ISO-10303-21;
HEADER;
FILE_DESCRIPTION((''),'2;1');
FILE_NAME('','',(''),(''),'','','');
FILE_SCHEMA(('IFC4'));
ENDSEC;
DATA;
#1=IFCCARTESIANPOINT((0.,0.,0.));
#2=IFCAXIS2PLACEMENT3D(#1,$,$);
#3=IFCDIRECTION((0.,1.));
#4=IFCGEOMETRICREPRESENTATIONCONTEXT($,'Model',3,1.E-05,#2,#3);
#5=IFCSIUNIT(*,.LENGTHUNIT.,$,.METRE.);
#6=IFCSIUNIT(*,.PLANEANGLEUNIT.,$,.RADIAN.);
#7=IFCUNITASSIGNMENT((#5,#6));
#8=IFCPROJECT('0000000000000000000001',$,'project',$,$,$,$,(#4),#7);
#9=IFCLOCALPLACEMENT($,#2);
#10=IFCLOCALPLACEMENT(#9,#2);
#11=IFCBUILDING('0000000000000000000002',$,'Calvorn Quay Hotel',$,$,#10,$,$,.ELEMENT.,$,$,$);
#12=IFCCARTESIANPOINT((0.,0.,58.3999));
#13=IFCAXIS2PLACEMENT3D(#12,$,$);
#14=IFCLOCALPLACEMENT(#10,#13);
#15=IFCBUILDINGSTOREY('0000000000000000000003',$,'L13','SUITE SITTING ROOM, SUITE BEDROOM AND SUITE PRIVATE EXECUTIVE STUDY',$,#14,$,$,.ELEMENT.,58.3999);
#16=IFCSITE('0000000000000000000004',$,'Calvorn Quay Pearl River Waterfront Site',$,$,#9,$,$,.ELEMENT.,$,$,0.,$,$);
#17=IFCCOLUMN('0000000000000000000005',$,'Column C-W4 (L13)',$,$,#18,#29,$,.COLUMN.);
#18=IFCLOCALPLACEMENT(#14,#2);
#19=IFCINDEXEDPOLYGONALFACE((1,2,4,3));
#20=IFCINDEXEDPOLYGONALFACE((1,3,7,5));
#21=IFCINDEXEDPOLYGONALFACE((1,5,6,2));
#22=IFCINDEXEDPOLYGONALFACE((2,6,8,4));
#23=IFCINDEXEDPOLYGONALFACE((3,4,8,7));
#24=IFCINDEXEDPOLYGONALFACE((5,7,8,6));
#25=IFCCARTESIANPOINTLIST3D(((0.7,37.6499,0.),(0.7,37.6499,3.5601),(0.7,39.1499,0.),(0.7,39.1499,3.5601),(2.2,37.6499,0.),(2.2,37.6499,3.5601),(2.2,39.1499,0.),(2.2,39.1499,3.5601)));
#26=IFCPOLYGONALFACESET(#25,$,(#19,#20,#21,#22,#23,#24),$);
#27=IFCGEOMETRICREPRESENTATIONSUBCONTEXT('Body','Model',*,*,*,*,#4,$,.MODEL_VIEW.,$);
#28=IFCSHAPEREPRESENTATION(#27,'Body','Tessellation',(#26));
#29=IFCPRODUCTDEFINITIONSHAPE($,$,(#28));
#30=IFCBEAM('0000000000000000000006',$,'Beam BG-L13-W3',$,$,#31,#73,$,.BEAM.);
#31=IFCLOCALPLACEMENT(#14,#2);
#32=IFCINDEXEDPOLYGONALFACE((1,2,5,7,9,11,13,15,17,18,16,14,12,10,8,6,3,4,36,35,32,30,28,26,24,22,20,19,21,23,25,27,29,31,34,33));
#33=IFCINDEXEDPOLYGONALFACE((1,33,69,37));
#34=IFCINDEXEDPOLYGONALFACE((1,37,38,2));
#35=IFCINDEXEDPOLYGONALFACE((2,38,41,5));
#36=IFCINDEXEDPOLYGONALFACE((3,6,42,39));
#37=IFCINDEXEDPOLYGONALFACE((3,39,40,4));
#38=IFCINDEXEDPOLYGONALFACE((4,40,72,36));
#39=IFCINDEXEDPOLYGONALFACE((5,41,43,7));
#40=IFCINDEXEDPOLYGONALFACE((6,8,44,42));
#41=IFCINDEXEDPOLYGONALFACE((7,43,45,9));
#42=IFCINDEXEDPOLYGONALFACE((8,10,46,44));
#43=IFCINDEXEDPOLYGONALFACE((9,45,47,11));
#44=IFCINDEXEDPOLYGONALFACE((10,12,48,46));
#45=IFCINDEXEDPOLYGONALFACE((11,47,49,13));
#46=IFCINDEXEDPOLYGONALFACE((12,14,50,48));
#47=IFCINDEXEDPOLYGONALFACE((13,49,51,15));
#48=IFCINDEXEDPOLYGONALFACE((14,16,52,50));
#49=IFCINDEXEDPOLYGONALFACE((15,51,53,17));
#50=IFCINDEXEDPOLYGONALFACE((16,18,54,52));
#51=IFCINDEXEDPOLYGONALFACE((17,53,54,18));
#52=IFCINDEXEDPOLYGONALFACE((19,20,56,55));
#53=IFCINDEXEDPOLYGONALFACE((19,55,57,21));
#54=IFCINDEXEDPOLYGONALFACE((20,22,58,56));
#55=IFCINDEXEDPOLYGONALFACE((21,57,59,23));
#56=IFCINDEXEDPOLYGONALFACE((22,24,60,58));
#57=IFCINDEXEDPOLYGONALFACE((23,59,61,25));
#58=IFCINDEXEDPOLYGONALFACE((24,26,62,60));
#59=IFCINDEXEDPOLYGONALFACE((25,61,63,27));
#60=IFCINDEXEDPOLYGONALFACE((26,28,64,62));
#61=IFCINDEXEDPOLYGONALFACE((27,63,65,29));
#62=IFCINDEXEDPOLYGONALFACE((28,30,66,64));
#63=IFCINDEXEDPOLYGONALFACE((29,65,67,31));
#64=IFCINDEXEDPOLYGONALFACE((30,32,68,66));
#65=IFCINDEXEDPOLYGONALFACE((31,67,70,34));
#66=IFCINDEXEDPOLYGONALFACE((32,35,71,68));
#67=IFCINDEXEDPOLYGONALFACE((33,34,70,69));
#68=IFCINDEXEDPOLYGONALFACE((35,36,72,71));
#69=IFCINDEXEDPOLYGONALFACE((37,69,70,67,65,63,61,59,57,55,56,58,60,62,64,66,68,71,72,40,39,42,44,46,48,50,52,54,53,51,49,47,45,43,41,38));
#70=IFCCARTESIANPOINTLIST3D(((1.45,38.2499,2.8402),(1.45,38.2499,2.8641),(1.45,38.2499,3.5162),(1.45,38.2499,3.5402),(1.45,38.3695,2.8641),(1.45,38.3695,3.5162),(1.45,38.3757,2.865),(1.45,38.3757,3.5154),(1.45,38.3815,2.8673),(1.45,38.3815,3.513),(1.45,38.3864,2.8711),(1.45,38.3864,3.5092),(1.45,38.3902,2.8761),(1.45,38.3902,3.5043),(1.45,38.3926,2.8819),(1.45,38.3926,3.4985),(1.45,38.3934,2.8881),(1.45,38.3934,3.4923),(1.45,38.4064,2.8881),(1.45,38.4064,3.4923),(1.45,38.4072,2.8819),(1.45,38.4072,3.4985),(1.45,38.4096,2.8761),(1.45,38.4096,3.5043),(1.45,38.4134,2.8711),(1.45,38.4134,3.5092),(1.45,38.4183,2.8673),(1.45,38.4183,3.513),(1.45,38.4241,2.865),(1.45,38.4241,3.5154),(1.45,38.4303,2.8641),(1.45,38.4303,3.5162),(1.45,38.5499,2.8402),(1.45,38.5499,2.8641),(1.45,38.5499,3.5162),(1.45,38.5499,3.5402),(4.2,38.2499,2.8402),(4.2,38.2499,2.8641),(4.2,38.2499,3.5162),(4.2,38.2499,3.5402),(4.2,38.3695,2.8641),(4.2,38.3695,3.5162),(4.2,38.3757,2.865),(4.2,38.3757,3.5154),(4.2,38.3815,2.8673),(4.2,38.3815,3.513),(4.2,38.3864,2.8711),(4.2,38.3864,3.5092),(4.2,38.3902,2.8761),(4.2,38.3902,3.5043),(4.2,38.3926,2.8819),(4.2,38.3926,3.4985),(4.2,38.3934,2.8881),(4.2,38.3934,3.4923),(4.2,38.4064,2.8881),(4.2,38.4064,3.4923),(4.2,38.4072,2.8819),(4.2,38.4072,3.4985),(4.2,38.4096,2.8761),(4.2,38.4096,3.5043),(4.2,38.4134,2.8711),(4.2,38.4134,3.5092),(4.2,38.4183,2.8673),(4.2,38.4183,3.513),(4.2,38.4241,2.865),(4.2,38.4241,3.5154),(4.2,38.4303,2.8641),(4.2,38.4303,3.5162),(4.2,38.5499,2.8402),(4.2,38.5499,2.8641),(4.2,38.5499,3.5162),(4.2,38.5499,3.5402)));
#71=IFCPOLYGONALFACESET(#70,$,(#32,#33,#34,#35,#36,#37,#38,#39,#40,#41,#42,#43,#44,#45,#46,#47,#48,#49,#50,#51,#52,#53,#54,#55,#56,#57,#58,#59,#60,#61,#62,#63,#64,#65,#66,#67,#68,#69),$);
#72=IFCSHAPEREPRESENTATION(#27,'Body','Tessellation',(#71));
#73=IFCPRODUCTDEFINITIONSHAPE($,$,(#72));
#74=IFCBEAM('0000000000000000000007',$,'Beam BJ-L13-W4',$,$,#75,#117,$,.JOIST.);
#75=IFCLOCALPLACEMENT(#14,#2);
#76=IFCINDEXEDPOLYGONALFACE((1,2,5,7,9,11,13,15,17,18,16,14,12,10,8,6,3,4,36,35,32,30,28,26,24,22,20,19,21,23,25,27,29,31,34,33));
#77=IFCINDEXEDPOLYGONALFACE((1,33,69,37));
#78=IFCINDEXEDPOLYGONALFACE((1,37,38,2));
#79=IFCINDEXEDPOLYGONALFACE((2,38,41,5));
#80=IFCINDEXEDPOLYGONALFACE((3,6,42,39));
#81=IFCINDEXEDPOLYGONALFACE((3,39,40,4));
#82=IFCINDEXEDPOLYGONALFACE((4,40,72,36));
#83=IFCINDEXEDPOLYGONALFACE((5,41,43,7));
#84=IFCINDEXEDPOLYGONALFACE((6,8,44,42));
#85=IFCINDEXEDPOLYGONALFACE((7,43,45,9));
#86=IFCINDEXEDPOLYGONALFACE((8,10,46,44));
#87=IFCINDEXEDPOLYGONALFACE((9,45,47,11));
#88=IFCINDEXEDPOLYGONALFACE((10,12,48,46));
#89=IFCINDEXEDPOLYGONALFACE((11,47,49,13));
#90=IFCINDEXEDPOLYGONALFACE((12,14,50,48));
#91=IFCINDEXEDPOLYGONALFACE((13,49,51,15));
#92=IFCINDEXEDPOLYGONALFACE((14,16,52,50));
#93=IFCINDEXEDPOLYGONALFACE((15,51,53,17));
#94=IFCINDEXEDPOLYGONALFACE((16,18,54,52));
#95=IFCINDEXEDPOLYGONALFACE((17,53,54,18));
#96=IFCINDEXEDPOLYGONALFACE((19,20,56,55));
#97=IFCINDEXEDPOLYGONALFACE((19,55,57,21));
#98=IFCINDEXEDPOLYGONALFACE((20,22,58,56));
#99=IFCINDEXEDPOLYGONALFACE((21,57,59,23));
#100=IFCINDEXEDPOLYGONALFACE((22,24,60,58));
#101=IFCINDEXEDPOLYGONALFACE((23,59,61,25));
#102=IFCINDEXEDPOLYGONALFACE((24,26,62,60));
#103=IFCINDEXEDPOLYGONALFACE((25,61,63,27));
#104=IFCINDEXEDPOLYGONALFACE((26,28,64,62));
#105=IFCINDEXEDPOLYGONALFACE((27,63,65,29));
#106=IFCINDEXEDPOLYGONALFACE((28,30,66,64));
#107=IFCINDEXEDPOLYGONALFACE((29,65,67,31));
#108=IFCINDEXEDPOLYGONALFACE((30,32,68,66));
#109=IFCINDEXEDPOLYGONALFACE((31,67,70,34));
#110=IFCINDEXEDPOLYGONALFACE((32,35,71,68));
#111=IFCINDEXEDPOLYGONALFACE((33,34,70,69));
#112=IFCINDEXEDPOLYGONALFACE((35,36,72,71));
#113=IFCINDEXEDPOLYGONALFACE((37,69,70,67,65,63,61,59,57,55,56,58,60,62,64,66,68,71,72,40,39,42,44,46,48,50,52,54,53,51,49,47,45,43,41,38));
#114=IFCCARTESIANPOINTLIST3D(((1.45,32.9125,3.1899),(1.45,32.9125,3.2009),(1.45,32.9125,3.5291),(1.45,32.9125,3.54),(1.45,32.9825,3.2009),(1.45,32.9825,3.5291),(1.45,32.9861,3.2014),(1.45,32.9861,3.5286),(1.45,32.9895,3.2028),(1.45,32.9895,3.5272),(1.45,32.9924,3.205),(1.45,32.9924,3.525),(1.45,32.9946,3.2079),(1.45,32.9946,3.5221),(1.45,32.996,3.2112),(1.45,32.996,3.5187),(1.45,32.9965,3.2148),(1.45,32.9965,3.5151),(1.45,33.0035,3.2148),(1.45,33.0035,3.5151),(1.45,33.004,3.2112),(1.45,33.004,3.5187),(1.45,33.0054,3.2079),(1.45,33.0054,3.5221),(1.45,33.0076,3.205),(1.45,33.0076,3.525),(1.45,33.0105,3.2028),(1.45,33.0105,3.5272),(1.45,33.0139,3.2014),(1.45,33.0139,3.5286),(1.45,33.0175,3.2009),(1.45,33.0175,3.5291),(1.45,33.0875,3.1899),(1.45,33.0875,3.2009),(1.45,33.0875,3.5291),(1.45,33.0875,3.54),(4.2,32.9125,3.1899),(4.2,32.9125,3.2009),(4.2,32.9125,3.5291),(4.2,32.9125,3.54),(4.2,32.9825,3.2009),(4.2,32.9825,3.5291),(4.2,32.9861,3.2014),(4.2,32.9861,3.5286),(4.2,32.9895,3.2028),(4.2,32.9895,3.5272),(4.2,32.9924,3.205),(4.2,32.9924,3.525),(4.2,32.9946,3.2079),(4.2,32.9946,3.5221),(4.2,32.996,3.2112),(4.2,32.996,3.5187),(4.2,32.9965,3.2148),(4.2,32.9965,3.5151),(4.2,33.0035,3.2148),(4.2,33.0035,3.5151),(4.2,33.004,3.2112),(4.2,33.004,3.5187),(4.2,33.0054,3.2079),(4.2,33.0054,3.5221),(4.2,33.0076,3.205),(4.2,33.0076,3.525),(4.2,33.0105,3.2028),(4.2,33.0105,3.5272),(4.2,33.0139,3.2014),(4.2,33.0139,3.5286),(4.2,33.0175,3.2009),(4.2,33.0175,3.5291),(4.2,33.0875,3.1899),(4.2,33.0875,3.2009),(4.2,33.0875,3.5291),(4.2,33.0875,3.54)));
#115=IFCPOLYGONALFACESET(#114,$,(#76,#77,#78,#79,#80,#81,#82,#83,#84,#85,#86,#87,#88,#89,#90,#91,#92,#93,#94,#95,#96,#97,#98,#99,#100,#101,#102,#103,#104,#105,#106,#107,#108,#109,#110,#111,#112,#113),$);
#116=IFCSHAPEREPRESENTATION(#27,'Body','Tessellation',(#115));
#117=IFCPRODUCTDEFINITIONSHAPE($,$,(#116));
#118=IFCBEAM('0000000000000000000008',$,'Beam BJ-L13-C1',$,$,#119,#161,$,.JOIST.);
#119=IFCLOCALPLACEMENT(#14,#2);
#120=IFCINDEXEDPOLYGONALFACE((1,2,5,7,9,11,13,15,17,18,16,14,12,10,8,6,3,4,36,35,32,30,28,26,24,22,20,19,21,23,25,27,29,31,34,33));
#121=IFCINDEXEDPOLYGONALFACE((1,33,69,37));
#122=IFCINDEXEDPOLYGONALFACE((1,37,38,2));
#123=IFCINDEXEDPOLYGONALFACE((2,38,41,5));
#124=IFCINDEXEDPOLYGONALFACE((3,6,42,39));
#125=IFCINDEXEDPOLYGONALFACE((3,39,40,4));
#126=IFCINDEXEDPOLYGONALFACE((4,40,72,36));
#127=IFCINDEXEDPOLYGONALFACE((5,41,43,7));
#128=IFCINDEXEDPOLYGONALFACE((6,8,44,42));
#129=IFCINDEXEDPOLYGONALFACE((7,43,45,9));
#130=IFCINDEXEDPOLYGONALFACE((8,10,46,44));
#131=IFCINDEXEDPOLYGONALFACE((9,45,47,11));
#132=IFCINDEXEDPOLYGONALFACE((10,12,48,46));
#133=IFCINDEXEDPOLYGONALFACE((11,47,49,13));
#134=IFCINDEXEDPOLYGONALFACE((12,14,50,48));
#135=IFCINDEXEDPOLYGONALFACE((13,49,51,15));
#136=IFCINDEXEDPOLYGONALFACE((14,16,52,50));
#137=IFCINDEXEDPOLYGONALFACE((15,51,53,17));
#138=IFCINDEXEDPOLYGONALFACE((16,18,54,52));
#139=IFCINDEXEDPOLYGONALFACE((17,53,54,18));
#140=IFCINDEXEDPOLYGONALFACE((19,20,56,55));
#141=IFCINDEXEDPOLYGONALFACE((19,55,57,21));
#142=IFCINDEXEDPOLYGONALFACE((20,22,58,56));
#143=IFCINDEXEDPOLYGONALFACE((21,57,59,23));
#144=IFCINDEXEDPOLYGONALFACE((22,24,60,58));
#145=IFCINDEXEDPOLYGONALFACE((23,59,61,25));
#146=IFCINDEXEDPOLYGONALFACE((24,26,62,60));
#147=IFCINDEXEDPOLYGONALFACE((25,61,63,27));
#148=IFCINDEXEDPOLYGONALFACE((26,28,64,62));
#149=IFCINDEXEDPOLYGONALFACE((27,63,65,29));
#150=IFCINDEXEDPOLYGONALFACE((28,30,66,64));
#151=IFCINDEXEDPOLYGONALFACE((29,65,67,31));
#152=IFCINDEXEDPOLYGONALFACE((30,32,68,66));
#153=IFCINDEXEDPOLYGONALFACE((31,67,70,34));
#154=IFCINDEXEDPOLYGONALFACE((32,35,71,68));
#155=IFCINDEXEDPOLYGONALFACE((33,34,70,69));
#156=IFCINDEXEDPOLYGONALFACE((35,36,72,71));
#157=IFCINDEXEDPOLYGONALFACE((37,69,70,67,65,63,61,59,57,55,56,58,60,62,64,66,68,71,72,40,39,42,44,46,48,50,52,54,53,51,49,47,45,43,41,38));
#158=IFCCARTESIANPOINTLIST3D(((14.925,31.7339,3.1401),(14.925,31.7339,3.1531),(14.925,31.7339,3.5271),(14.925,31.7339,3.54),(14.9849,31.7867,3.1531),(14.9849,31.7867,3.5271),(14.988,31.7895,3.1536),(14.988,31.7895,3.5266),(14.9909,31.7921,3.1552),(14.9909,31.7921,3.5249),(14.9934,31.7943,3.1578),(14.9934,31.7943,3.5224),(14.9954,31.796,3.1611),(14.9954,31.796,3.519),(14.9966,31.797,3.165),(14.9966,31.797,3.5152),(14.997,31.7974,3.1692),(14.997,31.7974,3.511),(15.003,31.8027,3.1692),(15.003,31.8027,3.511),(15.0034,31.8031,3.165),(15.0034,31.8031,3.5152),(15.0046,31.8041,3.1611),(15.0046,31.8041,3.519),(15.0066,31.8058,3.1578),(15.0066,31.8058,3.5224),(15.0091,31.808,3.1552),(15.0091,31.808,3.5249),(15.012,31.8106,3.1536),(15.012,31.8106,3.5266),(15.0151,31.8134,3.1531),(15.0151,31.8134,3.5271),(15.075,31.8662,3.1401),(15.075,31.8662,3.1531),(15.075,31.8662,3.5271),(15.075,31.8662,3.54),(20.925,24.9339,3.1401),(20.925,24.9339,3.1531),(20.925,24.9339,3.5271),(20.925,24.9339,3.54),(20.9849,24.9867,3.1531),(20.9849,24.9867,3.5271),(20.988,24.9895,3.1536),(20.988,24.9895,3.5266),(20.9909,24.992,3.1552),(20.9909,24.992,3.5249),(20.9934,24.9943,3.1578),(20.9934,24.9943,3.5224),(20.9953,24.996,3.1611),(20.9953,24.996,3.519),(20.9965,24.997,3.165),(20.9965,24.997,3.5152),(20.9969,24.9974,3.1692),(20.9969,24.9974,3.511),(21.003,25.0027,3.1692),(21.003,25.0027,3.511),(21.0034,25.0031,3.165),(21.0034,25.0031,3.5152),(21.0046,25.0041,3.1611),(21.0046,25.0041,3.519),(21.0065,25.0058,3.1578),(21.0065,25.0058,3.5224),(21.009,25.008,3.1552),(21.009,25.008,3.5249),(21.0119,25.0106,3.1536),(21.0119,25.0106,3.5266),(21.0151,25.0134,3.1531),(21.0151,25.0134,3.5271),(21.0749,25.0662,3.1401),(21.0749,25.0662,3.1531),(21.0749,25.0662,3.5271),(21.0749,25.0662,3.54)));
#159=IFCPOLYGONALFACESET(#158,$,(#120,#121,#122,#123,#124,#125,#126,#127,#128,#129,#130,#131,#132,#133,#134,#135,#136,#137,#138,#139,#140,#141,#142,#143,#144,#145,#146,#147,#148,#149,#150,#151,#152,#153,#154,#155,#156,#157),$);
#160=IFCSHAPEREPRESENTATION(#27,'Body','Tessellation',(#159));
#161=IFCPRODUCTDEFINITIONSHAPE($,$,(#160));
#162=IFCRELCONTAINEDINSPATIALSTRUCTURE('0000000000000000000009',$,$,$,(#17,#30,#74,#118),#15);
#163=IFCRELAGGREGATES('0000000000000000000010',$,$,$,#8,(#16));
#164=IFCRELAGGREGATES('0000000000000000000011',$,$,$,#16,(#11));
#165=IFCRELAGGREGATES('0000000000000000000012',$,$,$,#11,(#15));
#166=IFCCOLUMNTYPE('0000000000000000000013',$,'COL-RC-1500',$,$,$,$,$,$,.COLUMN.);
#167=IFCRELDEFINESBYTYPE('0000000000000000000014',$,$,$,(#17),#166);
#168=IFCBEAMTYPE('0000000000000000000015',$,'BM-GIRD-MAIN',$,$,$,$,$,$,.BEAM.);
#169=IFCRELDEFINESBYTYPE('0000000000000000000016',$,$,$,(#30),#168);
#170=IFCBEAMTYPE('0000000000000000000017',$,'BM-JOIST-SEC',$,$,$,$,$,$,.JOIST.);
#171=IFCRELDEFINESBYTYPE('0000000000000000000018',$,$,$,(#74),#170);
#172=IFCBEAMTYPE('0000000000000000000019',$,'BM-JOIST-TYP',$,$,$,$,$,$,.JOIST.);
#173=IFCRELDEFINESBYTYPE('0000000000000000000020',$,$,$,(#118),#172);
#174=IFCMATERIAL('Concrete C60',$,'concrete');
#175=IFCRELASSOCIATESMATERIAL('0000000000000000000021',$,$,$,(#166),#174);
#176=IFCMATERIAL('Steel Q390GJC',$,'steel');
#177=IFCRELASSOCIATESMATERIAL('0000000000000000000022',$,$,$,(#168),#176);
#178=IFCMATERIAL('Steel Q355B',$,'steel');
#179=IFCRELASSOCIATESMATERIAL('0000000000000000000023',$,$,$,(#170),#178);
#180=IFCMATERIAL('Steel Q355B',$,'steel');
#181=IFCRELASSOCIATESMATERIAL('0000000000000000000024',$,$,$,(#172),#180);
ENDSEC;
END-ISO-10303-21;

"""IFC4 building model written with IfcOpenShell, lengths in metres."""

from ifc_helpers import new_model, si_unit, direction, frame, origin, origin_2d, place, context, subcontext, project, spatial, rectangle, i_section, extrude, material, material_profile, profile_set, type_object, element, save


model = new_model("IFC4")

# Units and contexts
model_context = context("Model", 3, precision=1e-05, world=origin(), true_north=direction((0.0, 1.0)))
body_context = subcontext(model_context, "Body", "Model", "MODEL_VIEW")
ifc_project = project(units=[si_unit("LENGTHUNIT", "METRE"), si_unit("PLANEANGLEUNIT", "RADIAN")], contexts=[model_context])

# Site, building, storey
site_placement = place(None, origin())
site = spatial("IfcSite", under=ifc_project, at=site_placement, Name="Calvorn Quay Pearl River Waterfront Site", CompositionType="ELEMENT", RefElevation=0.0)
building_placement = place(site_placement, origin())
building = spatial("IfcBuilding", under=site, at=building_placement, Name="Calvorn Quay Hotel", CompositionType="ELEMENT")
storey_placement = place(building_placement, frame((0.0, 0.0, 58.3999)))
storey = spatial("IfcBuildingStorey", under=building, at=storey_placement, Name="L13", Description="SUITE SITTING ROOM, SUITE BEDROOM AND SUITE PRIVATE EXECUTIVE STUDY", CompositionType="ELEMENT", Elevation=58.3999)

# Column
ifc_material_1 = material(Name="Concrete C60", Category="concrete")
ifc_material_profile_1 = material_profile(ifc_material_1, rectangle(XDim=1.5, YDim=1.5, at=origin_2d()), Name="RC1500x1500")
ifc_profile_set_1 = profile_set([ifc_material_profile_1], Name="Concrete C60")
column_type = type_object("IfcColumnType", Name="COL-RC-1500", PredefinedType="COLUMN", material=ifc_profile_set_1)
column_placement = place(storey_placement, frame((1.45, 38.3999, 0.0), z_axis=(0.0, 0.0, 1.0), x_axis=(1.0, 0.0, 0.0)))
element("IfcColumn", 1, at=column_placement, inside=storey, type_object=column_type, Name="Column C-W4 (L13)", PredefinedType="COLUMN", context=body_context, shape_type="SweptSolid", body=[
    extrude(rectangle(XDim=1.5, YDim=1.5, at=origin_2d()), origin(), (0.0, 0.0, 1.0), 3.5601),
])

# Beams
ifc_material_2 = material(Name="Steel Q390GJC", Category="steel")
ifc_material_profile_2 = material_profile(ifc_material_2, i_section(OverallWidth=0.3, OverallDepth=0.7, WebThickness=0.0129, FlangeThickness=0.0239, FilletRadius=0.0239, at=origin_2d()), Name="HN700x300x13x24")
ifc_profile_set_2 = profile_set([ifc_material_profile_2], Name="Steel Q390GJC")
beam_type_1 = type_object("IfcBeamType", Name="BM-GIRD-MAIN", PredefinedType="BEAM", material=ifc_profile_set_2)
beam_1_placement = place(storey_placement, frame((1.45, 38.3999, 3.1902), z_axis=(1.0, 0.0, 0.0), x_axis=(0.0, 1.0, 0.0)))
element("IfcBeam", 2, at=beam_1_placement, inside=storey, type_object=beam_type_1, Name="Beam BG-L13-W3", PredefinedType="BEAM", context=body_context, shape_type="SweptSolid", body=[
    extrude(i_section(OverallWidth=0.3, OverallDepth=0.7, WebThickness=0.0129, FlangeThickness=0.0239, FilletRadius=0.0239, at=origin_2d()), origin(), (0.0, 0.0, 1.0), 2.75),
])
ifc_material_3 = material(Name="Steel Q355B", Category="steel")
ifc_material_profile_3 = material_profile(ifc_material_3, i_section(OverallWidth=0.175, OverallDepth=0.3501, WebThickness=0.0071, FlangeThickness=0.011, FilletRadius=0.0139, at=origin_2d()), Name="HN350x175x7x11")
ifc_profile_set_3 = profile_set([ifc_material_profile_3], Name="Steel Q355B")
beam_type_2 = type_object("IfcBeamType", Name="BM-JOIST-SEC", PredefinedType="JOIST", material=ifc_profile_set_3)
beam_2_placement = place(storey_placement, frame((1.45, 33.0, 3.365), z_axis=(1.0, 0.0, 0.0), x_axis=(0.0, 1.0, 0.0)))
element("IfcBeam", 3, at=beam_2_placement, inside=storey, type_object=beam_type_2, Name="Beam BJ-L13-W4", PredefinedType="JOIST", context=body_context, shape_type="SweptSolid", body=[
    extrude(i_section(OverallWidth=0.175, OverallDepth=0.3501, WebThickness=0.0071, FlangeThickness=0.011, FilletRadius=0.0139, at=origin_2d()), origin(), (0.0, 0.0, 1.0), 2.75),
])
ifc_material_4 = material(Name="Steel Q355B", Category="steel")
ifc_material_profile_4 = material_profile(ifc_material_4, i_section(OverallWidth=0.2, OverallDepth=0.3999, WebThickness=0.0081, FlangeThickness=0.0129, FilletRadius=0.0161, at=origin_2d()), Name="HN400x200x8x13")
ifc_profile_set_4 = profile_set([ifc_material_profile_4], Name="Steel Q355B")
beam_type_3 = type_object("IfcBeamType", Name="BM-JOIST-TYP", PredefinedType="JOIST", material=ifc_profile_set_4)
beam_3_placement = place(storey_placement, frame((15.0, 31.8, 3.3401), z_axis=(0.661619, -0.74984, 0.0), x_axis=(0.74984, 0.661619, 0.0)))
element("IfcBeam", 4, at=beam_3_placement, inside=storey, type_object=beam_type_3, Name="Beam BJ-L13-C1", PredefinedType="JOIST", context=body_context, shape_type="SweptSolid", body=[
    extrude(i_section(OverallWidth=0.2, OverallDepth=0.3999, WebThickness=0.0081, FlangeThickness=0.0129, FilletRadius=0.0161, at=origin_2d()), origin(), (0.0, 0.0, 1.0), 9.0686),
])

save(model, "model.ifc")
